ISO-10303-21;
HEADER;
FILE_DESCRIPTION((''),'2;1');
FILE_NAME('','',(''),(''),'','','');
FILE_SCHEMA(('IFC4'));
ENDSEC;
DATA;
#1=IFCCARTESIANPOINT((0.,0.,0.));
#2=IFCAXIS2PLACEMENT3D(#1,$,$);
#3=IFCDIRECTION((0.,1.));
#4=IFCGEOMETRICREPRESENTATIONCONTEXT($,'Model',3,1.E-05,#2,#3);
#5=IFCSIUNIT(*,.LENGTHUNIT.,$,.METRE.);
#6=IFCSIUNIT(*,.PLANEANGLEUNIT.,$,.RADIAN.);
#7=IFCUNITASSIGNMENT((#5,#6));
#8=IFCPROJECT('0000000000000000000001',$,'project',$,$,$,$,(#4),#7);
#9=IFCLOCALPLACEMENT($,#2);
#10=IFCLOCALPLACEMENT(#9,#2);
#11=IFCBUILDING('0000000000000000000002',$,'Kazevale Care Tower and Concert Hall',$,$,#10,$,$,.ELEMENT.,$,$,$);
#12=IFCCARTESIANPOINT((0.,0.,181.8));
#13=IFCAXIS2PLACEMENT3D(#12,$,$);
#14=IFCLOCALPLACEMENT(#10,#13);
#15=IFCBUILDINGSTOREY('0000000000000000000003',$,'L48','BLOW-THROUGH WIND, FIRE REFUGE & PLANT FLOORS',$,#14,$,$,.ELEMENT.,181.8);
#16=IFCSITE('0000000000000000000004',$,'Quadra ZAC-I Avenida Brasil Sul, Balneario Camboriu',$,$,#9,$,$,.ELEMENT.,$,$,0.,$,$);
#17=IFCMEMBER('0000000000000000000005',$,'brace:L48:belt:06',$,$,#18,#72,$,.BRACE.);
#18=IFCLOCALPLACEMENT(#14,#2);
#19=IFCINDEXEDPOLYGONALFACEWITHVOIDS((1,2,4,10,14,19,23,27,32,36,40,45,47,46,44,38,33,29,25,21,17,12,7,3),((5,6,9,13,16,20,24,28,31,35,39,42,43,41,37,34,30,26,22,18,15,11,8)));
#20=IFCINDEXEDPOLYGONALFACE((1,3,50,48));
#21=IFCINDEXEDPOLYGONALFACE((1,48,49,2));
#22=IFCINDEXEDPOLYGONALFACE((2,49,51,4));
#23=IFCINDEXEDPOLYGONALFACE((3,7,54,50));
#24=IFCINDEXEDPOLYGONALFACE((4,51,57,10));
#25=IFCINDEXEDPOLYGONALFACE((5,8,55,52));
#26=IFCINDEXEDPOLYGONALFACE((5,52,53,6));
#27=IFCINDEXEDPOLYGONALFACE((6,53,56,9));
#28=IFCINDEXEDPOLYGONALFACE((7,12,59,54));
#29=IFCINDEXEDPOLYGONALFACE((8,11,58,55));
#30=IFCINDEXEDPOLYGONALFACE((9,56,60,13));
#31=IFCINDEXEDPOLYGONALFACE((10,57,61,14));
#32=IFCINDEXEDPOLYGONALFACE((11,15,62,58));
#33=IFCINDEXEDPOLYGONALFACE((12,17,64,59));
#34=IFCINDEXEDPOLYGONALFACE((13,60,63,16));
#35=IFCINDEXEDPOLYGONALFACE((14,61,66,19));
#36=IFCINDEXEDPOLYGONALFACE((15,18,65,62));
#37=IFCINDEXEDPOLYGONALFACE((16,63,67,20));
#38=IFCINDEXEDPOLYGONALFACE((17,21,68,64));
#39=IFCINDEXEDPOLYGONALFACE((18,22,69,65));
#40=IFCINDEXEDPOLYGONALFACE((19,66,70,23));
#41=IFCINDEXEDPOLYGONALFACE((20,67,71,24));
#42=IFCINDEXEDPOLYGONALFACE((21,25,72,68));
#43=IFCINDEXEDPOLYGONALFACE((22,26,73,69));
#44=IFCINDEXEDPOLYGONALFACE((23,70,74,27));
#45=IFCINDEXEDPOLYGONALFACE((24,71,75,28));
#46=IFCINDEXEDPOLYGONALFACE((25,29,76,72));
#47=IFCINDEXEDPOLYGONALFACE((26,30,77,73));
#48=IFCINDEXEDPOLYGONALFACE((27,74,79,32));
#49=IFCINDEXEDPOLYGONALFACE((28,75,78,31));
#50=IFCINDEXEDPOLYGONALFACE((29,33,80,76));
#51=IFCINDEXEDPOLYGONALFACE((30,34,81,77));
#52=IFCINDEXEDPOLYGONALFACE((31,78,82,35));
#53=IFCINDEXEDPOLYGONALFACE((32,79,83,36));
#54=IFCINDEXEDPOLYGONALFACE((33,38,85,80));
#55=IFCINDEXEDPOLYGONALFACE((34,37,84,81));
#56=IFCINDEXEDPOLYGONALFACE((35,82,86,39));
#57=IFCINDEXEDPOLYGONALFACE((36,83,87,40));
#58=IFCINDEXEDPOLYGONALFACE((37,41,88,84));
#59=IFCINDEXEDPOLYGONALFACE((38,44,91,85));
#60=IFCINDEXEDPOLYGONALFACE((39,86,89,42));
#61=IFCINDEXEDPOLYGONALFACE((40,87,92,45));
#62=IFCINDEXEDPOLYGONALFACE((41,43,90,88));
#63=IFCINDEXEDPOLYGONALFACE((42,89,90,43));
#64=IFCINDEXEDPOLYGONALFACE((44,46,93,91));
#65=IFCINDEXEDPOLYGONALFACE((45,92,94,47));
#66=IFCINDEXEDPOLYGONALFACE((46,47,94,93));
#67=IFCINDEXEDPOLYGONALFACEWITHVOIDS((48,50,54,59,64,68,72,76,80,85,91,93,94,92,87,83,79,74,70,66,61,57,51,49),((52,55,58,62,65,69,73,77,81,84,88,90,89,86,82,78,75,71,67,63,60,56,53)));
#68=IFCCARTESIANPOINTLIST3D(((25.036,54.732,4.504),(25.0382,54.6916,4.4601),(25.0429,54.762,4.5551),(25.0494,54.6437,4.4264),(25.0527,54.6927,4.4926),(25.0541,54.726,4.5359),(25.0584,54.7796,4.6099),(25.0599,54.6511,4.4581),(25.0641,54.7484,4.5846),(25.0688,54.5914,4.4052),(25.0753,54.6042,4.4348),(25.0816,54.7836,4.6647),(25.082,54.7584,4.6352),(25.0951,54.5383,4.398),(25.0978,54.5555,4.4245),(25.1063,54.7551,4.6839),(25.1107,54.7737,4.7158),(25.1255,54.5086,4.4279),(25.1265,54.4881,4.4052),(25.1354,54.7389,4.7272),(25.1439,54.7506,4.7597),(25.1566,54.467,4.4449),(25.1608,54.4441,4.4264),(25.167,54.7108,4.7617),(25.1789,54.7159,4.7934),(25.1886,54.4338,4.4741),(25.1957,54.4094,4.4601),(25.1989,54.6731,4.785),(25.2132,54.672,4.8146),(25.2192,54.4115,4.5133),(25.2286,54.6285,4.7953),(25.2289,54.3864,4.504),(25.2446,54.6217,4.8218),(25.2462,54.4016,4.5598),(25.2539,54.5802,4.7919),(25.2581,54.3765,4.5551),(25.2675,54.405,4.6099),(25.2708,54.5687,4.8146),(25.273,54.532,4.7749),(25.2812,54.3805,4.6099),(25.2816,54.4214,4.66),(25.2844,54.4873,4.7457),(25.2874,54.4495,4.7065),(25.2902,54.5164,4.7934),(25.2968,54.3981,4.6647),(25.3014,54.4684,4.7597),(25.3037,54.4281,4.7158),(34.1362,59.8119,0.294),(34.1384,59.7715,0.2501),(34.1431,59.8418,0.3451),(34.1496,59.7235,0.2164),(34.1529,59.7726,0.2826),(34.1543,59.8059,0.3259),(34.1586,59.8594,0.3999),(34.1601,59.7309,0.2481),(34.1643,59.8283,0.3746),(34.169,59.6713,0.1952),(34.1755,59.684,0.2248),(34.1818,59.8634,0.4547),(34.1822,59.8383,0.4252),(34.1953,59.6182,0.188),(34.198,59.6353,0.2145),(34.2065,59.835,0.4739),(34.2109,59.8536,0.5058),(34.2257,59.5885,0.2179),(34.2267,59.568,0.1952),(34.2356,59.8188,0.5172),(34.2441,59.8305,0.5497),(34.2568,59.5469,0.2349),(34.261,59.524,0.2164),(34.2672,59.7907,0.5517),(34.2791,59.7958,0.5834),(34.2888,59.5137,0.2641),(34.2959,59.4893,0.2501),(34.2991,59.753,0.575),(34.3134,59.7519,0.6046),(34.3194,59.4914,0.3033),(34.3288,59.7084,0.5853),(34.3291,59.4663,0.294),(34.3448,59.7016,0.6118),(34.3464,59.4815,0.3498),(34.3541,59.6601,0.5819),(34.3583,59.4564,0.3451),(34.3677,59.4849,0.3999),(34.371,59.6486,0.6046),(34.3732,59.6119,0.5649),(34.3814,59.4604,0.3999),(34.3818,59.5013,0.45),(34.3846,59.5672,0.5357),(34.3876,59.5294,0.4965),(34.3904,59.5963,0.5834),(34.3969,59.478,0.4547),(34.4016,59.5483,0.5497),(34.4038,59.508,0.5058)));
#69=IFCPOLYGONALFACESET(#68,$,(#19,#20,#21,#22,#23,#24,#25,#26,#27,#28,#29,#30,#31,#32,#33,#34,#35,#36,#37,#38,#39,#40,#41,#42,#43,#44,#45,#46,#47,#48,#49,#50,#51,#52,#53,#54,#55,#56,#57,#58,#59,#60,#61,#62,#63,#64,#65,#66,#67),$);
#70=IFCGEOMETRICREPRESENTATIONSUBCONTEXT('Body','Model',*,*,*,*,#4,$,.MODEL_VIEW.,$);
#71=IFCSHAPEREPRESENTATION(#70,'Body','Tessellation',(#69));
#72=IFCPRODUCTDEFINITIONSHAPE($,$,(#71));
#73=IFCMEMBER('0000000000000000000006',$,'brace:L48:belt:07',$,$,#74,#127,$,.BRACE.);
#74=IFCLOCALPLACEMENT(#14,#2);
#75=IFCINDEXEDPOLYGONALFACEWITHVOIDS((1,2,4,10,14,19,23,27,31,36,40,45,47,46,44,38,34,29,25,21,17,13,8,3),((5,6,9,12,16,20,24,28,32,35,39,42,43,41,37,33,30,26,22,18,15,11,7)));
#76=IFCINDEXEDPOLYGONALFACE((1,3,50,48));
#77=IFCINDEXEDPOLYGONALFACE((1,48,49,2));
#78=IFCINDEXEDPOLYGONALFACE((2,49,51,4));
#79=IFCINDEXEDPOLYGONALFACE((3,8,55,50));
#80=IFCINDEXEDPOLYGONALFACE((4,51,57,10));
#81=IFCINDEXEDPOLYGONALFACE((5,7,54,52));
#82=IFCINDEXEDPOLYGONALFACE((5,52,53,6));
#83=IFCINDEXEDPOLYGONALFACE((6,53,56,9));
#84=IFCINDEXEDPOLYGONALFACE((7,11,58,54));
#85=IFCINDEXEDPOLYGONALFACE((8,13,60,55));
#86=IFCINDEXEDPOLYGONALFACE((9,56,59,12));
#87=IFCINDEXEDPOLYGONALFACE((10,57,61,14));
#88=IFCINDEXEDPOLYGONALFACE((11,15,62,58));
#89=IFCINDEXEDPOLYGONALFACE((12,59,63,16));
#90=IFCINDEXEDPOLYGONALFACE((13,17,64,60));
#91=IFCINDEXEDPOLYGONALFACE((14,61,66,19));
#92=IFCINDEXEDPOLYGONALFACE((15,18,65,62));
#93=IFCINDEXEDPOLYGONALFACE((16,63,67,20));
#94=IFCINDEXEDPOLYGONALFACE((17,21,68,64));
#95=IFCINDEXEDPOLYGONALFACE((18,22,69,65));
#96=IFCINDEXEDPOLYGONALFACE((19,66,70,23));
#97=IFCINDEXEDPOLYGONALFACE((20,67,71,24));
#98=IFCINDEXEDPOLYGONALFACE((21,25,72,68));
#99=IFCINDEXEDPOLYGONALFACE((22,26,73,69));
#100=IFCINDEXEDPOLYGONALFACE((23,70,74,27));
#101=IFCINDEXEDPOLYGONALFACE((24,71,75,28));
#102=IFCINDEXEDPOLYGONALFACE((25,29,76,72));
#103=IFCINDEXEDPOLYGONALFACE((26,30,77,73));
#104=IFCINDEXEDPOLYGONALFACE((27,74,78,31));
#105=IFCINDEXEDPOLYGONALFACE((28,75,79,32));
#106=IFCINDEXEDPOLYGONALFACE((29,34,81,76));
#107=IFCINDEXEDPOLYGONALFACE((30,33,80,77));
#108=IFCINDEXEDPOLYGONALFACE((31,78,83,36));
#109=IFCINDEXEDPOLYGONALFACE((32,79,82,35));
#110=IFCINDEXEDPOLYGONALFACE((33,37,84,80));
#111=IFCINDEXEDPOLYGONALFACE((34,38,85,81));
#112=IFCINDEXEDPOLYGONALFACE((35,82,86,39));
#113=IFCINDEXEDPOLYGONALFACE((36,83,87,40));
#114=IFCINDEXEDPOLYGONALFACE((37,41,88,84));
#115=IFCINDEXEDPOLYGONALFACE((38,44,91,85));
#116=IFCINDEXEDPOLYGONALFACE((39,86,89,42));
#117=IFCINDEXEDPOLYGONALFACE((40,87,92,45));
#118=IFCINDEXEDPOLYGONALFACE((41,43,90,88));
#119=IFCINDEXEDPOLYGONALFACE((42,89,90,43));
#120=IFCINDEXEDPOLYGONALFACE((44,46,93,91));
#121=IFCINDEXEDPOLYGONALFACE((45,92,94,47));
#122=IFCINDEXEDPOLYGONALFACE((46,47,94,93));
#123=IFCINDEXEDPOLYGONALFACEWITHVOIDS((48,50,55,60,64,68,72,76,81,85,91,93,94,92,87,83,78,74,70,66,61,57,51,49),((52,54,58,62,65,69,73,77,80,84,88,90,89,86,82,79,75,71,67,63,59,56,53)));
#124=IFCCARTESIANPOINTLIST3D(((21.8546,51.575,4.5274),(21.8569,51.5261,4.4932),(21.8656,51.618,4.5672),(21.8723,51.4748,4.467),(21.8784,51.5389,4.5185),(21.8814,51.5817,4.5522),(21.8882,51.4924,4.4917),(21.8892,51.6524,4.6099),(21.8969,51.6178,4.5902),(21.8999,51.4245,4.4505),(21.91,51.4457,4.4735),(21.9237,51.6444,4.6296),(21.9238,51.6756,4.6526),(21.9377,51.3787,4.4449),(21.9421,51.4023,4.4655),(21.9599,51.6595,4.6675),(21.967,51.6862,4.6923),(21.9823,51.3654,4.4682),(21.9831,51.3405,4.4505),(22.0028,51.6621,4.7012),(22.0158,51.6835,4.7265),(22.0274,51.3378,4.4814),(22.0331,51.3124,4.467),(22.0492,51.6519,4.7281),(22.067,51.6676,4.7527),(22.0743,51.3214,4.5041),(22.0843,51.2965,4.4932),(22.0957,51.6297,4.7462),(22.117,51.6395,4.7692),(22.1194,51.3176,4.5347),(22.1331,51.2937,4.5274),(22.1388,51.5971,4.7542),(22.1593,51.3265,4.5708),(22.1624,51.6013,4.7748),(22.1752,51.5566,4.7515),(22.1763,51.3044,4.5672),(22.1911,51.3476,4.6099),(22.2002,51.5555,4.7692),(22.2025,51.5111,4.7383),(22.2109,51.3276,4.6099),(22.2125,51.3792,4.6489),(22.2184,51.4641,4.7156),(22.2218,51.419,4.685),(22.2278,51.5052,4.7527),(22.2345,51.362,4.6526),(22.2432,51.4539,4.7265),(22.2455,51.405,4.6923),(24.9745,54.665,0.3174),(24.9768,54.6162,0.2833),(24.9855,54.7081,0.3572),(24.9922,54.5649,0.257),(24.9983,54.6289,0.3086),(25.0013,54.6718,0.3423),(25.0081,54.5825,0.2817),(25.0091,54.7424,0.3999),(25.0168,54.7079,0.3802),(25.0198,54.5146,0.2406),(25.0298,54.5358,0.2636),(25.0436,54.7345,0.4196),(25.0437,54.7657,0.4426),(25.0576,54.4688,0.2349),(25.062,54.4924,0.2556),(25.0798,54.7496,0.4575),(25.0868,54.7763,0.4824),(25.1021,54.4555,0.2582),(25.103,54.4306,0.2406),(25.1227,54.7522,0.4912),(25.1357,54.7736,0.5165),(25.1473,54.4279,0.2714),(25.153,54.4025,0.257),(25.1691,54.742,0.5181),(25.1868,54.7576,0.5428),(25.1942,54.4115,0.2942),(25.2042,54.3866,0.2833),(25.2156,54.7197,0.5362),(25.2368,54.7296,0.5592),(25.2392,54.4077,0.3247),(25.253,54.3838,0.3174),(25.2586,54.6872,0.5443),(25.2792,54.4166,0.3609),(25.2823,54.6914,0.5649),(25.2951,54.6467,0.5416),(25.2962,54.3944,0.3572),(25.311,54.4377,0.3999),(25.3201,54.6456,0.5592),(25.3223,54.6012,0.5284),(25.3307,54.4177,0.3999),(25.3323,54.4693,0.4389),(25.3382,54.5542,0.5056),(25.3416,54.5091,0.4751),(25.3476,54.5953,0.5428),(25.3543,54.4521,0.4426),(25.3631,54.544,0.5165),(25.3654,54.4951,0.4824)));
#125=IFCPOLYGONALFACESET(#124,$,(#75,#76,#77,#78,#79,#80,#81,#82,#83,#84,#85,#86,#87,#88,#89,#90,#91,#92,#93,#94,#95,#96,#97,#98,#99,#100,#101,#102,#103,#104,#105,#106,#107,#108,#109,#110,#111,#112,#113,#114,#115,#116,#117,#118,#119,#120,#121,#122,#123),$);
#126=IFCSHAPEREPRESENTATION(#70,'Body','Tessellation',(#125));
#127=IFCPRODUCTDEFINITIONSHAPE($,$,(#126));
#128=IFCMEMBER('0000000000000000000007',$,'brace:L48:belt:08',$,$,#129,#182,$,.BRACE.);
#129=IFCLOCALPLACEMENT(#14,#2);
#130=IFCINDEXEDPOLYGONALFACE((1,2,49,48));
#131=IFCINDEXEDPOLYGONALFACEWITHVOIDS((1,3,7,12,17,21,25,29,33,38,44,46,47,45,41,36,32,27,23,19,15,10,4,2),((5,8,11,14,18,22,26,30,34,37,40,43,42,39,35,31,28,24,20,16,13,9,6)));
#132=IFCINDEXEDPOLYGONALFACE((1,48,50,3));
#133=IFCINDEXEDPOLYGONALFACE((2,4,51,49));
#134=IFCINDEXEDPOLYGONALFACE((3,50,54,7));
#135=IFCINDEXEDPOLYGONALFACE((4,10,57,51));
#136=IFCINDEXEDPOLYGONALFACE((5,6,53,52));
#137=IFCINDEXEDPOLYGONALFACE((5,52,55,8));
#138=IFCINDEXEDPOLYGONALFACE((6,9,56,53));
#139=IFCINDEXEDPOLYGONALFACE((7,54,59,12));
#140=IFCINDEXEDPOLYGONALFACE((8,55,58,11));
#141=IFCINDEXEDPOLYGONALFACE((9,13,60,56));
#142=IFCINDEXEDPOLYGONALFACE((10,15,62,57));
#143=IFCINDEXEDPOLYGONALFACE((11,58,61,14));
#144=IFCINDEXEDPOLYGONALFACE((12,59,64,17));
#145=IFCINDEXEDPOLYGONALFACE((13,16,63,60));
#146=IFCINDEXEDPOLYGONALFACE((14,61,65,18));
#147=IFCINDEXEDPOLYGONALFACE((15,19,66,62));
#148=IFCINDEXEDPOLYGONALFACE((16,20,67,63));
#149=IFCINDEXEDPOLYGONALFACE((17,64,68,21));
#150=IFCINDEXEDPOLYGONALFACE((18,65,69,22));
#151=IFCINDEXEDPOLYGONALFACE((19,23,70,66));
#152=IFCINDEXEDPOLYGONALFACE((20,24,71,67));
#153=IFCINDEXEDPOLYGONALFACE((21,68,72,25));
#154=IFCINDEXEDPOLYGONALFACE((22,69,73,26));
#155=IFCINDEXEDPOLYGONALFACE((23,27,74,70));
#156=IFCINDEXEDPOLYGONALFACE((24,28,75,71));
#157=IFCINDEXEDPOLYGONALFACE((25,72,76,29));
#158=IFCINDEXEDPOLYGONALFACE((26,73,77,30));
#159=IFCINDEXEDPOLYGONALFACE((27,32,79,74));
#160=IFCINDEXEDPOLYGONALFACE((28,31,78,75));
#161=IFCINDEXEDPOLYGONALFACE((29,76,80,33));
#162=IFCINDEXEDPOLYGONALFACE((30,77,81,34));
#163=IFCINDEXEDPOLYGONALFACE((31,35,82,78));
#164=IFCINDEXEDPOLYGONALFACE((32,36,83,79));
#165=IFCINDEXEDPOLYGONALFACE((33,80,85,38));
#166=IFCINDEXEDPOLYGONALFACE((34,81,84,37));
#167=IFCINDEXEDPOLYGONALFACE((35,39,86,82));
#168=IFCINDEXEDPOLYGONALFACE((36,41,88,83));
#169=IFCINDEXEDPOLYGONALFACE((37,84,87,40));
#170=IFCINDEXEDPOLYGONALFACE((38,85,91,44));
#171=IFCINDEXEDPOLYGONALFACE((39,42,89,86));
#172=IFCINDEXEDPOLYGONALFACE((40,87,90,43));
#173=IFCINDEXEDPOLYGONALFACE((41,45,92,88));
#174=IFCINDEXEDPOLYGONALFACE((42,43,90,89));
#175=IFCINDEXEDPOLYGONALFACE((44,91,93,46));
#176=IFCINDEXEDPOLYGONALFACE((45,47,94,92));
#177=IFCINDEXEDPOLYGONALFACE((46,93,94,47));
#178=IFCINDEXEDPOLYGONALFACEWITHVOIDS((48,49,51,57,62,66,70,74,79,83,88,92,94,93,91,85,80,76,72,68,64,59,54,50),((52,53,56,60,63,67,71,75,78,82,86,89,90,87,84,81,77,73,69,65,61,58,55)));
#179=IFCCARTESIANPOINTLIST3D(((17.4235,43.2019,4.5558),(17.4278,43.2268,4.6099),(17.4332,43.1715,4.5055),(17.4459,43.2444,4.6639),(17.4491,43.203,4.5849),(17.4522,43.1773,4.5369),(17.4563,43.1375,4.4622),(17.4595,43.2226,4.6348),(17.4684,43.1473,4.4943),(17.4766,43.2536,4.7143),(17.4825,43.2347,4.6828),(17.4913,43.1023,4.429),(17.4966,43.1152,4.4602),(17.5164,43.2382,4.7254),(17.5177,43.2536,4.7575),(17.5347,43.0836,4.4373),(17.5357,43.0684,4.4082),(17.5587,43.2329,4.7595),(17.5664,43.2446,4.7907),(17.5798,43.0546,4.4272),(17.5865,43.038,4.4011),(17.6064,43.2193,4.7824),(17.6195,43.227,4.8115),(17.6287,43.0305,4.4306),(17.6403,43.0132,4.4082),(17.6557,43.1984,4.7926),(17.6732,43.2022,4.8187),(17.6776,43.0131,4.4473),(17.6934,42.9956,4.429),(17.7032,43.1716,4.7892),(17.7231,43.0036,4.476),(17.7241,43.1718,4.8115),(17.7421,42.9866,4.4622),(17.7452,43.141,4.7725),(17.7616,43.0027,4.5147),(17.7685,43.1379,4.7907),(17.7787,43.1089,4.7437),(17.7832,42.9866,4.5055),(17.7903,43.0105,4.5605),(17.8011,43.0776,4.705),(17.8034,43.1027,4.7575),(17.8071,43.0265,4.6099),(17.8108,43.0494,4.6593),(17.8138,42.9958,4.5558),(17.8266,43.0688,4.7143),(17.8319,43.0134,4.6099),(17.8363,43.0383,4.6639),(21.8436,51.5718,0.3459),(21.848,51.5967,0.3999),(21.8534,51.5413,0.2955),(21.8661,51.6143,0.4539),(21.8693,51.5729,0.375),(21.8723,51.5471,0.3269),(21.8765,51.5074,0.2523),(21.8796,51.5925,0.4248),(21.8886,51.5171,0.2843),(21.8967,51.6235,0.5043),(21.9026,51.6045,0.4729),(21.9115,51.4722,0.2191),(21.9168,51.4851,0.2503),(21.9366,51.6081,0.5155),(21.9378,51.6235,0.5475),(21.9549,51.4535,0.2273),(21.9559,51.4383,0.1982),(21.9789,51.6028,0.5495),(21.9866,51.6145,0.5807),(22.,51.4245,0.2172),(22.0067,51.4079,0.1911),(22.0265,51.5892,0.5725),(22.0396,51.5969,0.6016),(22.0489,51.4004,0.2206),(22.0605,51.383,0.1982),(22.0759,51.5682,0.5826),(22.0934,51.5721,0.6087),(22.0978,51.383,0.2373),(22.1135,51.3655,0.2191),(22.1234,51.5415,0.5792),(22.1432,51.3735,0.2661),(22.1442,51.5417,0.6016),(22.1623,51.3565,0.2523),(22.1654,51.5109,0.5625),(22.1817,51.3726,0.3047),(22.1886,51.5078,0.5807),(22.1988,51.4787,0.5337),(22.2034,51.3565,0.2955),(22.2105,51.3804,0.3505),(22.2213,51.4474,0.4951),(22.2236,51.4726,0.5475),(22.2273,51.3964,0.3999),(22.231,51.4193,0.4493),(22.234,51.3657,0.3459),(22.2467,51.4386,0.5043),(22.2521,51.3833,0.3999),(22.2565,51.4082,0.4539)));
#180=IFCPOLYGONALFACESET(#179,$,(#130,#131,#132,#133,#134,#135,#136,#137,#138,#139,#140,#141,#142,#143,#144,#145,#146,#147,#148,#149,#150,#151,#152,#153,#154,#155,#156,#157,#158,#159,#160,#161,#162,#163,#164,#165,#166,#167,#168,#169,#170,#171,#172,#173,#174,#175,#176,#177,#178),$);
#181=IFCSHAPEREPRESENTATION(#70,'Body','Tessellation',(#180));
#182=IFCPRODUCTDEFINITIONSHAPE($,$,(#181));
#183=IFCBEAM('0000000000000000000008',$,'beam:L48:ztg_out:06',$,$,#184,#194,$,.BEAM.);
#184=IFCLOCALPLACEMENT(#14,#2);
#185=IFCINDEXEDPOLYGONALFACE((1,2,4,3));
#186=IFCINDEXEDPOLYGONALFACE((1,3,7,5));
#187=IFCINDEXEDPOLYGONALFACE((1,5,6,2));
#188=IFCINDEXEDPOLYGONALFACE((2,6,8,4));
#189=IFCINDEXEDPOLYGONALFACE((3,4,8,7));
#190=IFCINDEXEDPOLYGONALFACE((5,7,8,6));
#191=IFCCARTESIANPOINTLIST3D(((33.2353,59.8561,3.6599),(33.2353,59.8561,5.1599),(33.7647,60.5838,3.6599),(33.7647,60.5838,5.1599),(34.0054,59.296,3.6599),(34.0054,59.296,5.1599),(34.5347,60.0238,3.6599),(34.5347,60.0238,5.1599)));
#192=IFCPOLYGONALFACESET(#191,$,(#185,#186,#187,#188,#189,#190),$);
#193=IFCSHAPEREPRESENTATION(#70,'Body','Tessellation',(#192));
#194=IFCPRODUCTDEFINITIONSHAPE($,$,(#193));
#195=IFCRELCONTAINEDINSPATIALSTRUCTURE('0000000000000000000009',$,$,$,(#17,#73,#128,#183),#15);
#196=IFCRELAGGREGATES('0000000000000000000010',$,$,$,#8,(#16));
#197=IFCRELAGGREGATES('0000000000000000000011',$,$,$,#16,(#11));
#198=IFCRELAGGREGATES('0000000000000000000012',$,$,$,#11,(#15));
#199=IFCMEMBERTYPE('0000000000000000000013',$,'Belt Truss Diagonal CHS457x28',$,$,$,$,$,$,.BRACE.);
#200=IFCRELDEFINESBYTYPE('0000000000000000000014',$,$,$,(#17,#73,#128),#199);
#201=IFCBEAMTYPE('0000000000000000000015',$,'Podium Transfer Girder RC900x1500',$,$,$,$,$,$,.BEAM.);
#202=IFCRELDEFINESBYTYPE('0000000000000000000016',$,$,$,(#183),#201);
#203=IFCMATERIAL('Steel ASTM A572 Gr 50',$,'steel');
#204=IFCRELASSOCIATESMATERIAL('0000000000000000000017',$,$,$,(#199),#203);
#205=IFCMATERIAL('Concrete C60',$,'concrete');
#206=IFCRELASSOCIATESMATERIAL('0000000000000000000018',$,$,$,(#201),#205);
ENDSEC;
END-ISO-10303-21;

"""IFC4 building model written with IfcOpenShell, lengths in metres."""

from ifc_helpers import new_model, si_unit, direction, frame, origin, origin_2d, place, context, subcontext, project, spatial, rectangle, hollow_circle, extrude, material, material_profile, profile_set, type_object, element, save


model = new_model("IFC4")

# Units and contexts
model_context = context("Model", 3, precision=1e-05, world=origin(), true_north=direction((0.0, 1.0)))
body_context = subcontext(model_context, "Body", "Model", "MODEL_VIEW")
ifc_project = project(units=[si_unit("LENGTHUNIT", "METRE"), si_unit("PLANEANGLEUNIT", "RADIAN")], contexts=[model_context])

# Site, building, storey
site_placement = place(None, origin())
site = spatial("IfcSite", under=ifc_project, at=site_placement, Name="Quadra ZAC-I Avenida Brasil Sul, Balneario Camboriu", CompositionType="ELEMENT", RefElevation=0.0)
building_placement = place(site_placement, origin())
building = spatial("IfcBuilding", under=site, at=building_placement, Name="Kazevale Care Tower and Concert Hall", CompositionType="ELEMENT")
storey_placement = place(building_placement, frame((0.0, 0.0, 181.8)))
storey = spatial("IfcBuildingStorey", under=building, at=storey_placement, Name="L48", Description="BLOW-THROUGH WIND, FIRE REFUGE & PLANT FLOORS", CompositionType="ELEMENT", Elevation=181.8)

# Shared definitions
ifc_material_1 = material(Name="Concrete C60", Category="concrete")

# Members
ifc_material_2 = material(Name="Steel ASTM A572 Gr 50", Category="steel")
ifc_material_profile_1 = material_profile(ifc_material_2, hollow_circle(Radius=0.2285, WallThickness=0.0281, at=origin_2d()), Name="CHS457x28")
ifc_profile_set_1 = profile_set([ifc_material_profile_1], Name="Steel ASTM A572 Gr 50")
member_type = type_object("IfcMemberType", Name="Belt Truss Diagonal CHS457x28", PredefinedType="BRACE", material=ifc_profile_set_1)
member_1_placement = place(storey_placement, frame((34.27, 59.6599, 0.3999), z_axis=(-0.809609, -0.451938, 0.374548), x_axis=(0.487418, -0.873169, 0.0)))
element("IfcMember", 1, at=member_1_placement, inside=storey, type_object=member_type, Name="brace:L48:belt:06", PredefinedType="BRACE", context=body_context, shape_type="SweptSolid", body=[
    extrude(hollow_circle(Radius=0.2285, WallThickness=0.0281, at=origin_2d()), origin(), (0.0, 0.0, 1.0), 11.2402),
])
member_2_placement = place(storey_placement, frame((25.1699, 54.5801, 0.3999), z_axis=(-0.512862, -0.507966, 0.692057), x_axis=(0.703707, -0.71049, 0.0)))
element("IfcMember", 2, at=member_2_placement, inside=storey, type_object=member_type, Name="brace:L48:belt:07", PredefinedType="BRACE", context=body_context, shape_type="SweptSolid", body=[
    extrude(hollow_circle(Radius=0.2285, WallThickness=0.0281, at=origin_2d()), origin(), (0.0, 0.0, 1.0), 6.0833),
])
member_3_placement = place(storey_placement, frame((22.05, 51.49, 0.3999), z_axis=(-0.426683, -0.807952, 0.406392), x_axis=(0.884266, -0.466984, 0.0)))
element("IfcMember", 3, at=member_3_placement, inside=storey, type_object=member_type, Name="brace:L48:belt:08", PredefinedType="BRACE", context=body_context, shape_type="SweptSolid", body=[
    extrude(hollow_circle(Radius=0.2285, WallThickness=0.0281, at=origin_2d()), origin(), (0.0, 0.0, 1.0), 10.3594),
])

# Beam
ifc_material_profile_2 = material_profile(ifc_material_1, rectangle(XDim=0.8999, YDim=1.5, at=origin_2d()), Name="RC-TG900x1500")
ifc_profile_set_2 = profile_set([ifc_material_profile_2], Name="Concrete C60")
beam_type_1 = type_object("IfcBeamType", Name="Podium Transfer Girder RC900x1500", PredefinedType="BEAM", material=ifc_profile_set_2)
beam_1_placement = place(storey_placement, frame((34.27, 59.6599, 4.4099), z_axis=(-0.808714, 0.588202, 0.0), x_axis=(-0.588202, -0.808714, 0.0)))
element("IfcBeam", 4, at=beam_1_placement, inside=storey, type_object=beam_type_1, Name="beam:L48:ztg_out:06", PredefinedType="BEAM", context=body_context, shape_type="SweptSolid", body=[
    extrude(rectangle(XDim=0.8999, YDim=1.5, at=origin_2d()), origin(), (0.0, 0.0, 1.0), 0.9521),
])

save(model, "model.ifc")
